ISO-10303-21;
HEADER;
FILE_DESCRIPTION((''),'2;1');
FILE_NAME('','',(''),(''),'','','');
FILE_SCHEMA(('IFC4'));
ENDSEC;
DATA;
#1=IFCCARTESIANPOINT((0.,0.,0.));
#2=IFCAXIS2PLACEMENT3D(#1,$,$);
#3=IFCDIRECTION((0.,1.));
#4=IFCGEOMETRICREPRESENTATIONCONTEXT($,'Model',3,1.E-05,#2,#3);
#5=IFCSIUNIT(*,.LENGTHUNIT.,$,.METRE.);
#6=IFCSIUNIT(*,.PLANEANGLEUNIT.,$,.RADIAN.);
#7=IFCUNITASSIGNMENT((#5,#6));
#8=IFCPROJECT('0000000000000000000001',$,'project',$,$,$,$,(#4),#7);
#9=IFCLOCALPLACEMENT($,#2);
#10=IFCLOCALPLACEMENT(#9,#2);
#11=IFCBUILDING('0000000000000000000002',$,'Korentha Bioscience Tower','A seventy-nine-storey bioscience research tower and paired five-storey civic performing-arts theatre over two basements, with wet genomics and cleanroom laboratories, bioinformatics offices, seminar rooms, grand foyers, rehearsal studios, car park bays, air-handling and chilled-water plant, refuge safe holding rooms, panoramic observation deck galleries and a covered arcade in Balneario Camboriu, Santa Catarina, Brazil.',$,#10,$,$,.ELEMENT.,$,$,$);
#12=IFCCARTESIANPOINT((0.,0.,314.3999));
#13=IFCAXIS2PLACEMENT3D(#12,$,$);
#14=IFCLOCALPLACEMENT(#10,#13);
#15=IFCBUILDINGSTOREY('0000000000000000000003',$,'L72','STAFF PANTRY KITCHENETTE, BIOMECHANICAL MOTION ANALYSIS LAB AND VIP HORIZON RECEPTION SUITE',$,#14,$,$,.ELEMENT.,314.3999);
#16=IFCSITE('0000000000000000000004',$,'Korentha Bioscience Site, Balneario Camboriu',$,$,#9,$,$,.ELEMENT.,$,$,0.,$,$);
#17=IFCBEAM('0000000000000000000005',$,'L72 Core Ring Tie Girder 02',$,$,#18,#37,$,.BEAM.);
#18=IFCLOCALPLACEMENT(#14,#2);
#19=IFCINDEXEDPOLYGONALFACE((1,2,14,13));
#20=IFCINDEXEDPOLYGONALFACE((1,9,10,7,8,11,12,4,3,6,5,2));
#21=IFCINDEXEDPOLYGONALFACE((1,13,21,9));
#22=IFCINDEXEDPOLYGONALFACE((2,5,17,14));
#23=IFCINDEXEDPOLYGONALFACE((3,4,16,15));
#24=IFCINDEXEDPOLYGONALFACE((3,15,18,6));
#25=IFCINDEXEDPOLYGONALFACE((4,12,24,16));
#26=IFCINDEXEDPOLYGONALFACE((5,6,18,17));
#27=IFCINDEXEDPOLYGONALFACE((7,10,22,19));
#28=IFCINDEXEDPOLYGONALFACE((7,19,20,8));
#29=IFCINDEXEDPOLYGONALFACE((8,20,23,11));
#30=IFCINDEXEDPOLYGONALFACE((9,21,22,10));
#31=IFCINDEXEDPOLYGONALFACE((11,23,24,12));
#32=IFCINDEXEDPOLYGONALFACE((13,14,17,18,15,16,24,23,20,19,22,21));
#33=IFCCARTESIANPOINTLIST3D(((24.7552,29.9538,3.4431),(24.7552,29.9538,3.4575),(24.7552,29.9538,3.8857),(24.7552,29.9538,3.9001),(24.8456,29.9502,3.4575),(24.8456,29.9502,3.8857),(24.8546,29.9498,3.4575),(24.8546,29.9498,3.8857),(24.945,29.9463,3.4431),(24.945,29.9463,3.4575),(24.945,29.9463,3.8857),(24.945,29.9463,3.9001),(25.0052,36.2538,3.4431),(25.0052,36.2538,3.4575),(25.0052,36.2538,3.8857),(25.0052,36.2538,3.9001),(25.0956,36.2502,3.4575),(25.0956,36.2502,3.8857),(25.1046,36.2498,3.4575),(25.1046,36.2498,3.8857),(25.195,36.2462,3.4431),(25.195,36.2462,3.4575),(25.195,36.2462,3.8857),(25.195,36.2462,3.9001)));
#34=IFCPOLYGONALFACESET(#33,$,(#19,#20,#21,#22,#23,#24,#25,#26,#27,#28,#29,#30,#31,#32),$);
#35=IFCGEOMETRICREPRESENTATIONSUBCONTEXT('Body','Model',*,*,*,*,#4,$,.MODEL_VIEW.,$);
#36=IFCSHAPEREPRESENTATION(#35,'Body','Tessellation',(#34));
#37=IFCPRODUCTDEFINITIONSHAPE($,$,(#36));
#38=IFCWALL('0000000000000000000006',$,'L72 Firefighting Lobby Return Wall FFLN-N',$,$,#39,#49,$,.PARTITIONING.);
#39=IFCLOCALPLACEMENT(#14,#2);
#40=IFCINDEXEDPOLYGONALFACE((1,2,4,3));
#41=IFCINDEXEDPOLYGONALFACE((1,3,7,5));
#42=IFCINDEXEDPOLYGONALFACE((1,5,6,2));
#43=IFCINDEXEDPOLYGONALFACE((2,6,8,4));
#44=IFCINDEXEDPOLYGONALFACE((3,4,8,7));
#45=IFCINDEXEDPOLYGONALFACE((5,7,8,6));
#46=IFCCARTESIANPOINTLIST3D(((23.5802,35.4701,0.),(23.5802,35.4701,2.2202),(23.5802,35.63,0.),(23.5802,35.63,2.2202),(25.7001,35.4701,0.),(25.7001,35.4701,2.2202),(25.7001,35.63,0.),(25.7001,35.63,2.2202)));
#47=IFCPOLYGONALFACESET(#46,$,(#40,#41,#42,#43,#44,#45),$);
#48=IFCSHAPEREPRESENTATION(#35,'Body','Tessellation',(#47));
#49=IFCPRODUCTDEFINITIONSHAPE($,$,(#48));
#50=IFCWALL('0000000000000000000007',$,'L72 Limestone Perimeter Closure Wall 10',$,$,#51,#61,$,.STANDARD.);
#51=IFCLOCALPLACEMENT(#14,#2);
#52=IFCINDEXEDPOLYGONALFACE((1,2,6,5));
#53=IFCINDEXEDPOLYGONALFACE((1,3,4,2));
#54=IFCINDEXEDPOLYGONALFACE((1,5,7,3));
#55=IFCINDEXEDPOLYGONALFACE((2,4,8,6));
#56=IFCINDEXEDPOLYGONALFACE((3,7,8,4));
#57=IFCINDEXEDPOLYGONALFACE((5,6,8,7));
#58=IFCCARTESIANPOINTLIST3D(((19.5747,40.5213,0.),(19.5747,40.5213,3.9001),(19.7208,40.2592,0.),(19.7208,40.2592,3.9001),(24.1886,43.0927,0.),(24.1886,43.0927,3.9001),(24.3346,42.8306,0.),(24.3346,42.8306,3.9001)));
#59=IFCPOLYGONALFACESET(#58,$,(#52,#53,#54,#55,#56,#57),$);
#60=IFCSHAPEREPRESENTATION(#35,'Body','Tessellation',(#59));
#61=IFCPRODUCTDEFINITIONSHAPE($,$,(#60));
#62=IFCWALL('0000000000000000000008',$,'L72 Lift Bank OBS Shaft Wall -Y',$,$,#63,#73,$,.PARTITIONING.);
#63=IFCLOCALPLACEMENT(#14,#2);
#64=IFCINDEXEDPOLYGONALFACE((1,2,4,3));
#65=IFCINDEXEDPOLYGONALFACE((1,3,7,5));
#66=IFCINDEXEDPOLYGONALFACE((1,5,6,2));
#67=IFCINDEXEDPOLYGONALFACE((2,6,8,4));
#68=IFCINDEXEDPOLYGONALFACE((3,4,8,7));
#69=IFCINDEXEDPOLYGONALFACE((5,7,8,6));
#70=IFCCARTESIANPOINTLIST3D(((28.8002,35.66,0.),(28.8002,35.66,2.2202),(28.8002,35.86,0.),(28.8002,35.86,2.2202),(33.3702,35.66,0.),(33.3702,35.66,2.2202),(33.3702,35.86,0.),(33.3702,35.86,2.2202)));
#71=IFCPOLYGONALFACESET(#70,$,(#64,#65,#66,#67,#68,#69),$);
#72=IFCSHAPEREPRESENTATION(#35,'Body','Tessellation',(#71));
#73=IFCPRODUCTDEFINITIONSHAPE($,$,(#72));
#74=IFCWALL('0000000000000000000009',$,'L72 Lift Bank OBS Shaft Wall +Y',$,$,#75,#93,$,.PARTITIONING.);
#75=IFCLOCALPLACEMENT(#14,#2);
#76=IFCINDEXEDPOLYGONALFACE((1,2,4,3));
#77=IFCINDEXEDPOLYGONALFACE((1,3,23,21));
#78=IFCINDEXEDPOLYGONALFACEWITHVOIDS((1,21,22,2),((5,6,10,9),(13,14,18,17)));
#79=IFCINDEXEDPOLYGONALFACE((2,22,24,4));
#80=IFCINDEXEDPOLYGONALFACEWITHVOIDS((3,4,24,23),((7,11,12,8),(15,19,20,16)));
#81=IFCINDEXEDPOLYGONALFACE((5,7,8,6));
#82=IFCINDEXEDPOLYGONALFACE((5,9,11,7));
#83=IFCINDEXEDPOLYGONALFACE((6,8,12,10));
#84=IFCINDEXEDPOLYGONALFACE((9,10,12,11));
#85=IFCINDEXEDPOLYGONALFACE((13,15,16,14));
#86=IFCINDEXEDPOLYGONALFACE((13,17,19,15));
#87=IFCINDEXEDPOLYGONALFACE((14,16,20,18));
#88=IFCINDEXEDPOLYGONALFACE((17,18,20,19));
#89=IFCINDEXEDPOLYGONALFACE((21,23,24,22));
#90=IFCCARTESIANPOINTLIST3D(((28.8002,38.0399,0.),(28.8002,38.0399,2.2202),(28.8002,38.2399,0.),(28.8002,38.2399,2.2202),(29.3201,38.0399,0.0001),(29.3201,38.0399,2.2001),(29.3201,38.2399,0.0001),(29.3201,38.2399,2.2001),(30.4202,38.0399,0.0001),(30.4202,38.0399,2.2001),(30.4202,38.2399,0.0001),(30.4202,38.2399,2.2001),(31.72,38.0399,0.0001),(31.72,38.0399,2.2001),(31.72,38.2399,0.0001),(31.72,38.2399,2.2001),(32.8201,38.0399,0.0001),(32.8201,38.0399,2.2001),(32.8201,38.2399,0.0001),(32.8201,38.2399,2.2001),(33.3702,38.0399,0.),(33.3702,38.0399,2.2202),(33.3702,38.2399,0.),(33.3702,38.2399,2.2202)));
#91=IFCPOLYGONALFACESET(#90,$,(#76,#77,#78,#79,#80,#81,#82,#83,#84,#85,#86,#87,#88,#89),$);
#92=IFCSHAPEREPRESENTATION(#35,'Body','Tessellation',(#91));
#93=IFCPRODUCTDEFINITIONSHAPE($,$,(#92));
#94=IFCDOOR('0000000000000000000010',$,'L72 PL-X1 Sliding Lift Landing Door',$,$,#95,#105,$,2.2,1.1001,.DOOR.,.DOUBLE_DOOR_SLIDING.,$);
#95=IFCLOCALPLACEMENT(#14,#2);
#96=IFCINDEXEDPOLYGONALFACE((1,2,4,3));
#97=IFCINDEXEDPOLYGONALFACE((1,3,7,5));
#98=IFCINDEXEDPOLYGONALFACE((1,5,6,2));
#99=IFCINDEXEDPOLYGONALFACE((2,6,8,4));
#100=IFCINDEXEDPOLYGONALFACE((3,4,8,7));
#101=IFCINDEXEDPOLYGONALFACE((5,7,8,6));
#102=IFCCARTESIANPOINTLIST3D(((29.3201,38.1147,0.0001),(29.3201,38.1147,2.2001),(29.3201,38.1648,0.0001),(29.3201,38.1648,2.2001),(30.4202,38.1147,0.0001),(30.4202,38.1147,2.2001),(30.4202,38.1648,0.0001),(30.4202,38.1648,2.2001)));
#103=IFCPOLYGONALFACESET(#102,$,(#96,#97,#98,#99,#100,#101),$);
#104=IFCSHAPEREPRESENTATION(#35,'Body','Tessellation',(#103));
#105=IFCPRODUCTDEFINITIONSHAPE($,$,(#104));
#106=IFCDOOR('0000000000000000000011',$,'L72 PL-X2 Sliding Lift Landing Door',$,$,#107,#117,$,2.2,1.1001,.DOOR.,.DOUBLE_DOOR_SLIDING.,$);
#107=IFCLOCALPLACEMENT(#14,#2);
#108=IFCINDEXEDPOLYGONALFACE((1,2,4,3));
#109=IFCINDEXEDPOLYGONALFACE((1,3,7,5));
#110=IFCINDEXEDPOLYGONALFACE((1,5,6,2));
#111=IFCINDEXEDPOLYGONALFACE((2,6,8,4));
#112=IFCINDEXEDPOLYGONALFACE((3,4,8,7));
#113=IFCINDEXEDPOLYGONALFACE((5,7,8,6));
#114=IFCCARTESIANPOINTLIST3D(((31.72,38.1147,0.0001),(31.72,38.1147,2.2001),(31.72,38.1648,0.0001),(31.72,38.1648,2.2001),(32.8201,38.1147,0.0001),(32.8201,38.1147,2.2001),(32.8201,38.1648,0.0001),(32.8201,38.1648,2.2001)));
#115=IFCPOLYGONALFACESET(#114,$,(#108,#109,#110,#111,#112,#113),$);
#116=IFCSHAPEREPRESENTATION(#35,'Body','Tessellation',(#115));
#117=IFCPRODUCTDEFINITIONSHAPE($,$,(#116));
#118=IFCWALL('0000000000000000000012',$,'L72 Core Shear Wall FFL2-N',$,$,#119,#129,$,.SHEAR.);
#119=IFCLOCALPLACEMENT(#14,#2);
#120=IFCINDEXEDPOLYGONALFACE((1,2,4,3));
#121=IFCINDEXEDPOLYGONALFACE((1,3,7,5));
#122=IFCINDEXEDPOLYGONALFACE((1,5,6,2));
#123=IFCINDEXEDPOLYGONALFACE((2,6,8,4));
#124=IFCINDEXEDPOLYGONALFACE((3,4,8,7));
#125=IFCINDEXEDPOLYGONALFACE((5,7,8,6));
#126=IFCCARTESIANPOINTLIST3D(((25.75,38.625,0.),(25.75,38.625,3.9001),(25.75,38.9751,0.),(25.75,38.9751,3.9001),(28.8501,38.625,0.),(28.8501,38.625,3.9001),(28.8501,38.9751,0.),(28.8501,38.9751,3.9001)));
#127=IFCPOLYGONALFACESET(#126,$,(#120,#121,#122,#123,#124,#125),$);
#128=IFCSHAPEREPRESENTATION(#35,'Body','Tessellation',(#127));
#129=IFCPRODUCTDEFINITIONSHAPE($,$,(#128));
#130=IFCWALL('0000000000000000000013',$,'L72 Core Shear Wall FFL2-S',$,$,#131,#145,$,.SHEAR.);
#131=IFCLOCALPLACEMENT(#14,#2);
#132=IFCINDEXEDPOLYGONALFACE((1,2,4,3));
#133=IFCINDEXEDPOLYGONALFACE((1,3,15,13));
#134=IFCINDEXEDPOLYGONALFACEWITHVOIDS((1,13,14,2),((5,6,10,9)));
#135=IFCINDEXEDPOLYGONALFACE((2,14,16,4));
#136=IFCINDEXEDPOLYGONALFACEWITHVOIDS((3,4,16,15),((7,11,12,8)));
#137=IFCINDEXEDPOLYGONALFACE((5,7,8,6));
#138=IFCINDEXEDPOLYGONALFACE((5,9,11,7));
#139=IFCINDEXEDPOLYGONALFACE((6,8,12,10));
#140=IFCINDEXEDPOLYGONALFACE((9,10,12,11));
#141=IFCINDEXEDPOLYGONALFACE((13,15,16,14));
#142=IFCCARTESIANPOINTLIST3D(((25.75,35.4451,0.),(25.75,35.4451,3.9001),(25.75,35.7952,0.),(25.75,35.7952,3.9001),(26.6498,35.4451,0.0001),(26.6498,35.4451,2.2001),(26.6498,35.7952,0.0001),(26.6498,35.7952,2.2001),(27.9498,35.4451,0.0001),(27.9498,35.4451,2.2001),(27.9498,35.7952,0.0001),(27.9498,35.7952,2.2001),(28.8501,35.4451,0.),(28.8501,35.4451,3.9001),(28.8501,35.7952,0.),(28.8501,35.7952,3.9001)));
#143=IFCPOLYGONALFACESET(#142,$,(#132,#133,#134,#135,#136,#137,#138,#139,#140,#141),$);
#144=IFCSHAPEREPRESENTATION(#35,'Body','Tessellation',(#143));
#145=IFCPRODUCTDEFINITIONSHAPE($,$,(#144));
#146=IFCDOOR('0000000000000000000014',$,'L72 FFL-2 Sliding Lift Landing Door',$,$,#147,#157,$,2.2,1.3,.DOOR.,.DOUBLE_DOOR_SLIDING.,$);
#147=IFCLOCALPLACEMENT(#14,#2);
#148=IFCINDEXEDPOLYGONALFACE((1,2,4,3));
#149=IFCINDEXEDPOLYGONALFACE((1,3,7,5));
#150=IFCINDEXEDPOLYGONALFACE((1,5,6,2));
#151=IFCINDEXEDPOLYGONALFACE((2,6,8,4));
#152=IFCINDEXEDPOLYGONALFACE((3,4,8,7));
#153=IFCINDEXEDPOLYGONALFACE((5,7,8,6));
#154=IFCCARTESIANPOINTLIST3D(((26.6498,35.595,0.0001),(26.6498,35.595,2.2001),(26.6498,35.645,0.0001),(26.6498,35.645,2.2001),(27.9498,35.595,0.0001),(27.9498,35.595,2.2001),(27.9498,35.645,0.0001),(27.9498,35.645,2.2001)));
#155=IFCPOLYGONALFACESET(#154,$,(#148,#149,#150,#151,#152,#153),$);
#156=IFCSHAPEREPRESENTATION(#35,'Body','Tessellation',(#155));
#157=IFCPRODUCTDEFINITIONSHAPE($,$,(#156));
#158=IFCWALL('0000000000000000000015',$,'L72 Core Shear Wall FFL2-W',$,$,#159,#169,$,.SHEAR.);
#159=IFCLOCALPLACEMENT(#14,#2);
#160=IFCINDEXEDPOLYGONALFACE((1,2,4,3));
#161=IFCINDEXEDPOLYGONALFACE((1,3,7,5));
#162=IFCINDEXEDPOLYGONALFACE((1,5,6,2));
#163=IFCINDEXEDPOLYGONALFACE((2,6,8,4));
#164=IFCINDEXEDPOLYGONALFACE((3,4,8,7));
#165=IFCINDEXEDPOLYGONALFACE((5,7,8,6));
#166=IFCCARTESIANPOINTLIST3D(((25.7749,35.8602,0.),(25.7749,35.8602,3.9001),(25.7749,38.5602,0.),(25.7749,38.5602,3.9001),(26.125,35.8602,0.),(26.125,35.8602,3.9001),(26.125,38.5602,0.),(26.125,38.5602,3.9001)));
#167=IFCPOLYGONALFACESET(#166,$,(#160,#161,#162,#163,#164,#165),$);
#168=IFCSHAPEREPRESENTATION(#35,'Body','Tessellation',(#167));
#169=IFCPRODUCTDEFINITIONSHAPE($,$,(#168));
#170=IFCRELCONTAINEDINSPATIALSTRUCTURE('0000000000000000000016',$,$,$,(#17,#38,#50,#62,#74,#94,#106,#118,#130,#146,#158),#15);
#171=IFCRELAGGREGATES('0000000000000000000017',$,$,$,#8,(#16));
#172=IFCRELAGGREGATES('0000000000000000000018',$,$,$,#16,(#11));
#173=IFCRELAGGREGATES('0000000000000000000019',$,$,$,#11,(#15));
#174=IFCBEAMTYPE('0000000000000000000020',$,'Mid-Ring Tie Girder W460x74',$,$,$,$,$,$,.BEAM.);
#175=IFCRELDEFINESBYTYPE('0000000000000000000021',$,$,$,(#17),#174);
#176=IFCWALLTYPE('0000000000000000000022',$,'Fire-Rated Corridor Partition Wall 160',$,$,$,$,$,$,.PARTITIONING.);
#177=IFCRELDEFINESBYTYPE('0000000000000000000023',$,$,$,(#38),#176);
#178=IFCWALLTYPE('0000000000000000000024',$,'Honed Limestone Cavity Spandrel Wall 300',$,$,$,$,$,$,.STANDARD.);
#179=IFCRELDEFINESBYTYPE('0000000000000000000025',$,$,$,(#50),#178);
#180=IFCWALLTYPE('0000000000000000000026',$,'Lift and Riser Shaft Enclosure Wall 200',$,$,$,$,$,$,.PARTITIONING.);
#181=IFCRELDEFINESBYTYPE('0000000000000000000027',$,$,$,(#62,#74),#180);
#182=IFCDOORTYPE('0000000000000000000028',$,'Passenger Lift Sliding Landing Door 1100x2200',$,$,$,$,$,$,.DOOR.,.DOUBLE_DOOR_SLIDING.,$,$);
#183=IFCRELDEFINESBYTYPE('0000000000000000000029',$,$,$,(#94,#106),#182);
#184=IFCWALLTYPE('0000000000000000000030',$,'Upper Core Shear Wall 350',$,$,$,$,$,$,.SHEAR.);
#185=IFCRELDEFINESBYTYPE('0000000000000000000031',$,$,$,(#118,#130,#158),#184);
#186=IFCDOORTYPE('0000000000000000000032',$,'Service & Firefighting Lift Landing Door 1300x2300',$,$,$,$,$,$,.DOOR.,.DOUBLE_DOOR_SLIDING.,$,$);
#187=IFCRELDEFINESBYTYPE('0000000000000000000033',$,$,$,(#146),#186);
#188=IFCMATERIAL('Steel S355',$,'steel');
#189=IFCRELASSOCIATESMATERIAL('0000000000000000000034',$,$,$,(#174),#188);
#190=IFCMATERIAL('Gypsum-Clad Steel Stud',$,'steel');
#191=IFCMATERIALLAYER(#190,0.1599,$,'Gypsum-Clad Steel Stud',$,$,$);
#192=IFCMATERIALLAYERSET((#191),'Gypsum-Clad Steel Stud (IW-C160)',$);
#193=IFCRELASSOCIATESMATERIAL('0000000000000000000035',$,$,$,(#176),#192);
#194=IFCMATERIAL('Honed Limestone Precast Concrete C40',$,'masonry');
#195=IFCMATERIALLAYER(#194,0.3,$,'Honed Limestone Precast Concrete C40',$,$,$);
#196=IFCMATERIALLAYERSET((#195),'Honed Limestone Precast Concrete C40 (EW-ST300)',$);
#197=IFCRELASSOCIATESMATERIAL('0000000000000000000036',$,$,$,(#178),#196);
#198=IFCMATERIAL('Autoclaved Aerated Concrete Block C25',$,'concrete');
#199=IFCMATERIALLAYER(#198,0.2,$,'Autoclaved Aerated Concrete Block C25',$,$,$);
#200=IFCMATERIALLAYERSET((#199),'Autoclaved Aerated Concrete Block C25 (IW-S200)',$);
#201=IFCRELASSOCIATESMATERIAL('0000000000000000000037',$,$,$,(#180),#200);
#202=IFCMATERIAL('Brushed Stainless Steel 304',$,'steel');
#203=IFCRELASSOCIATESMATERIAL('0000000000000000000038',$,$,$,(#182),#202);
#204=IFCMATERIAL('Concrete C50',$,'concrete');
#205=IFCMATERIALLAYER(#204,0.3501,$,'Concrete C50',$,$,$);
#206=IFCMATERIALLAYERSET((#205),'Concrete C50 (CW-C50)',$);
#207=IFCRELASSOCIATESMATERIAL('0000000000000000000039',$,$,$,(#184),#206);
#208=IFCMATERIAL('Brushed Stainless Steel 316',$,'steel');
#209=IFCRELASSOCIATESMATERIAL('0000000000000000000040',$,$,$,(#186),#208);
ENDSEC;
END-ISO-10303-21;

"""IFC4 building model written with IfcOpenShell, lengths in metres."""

from ifc_helpers import new_model, si_unit, direction, frame, frame_2d, origin, origin_2d, place, context, subcontext, project, spatial, rectangle, i_section, extrude, material, layer, layer_set, material_profile, profile_set, type_object, element, fill, save


model = new_model("IFC4")

# Units and contexts
model_context = context("Model", 3, precision=1e-05, world=origin(), true_north=direction((0.0, 1.0)))
body_context = subcontext(model_context, "Body", "Model", "MODEL_VIEW")
ifc_project = project(units=[si_unit("LENGTHUNIT", "METRE"), si_unit("PLANEANGLEUNIT", "RADIAN")], contexts=[model_context])

# Site, building, storey
site_placement = place(None, origin())
site = spatial("IfcSite", under=ifc_project, at=site_placement, Name="Korentha Bioscience Site, Balneario Camboriu", CompositionType="ELEMENT", RefElevation=0.0)
building_placement = place(site_placement, origin())
building = spatial("IfcBuilding", under=site, at=building_placement, Name="Korentha Bioscience Tower", Description="A seventy-nine-storey bioscience research tower and paired five-storey civic performing-arts theatre over two basements, with wet genomics and cleanroom laboratories, bioinformatics offices, seminar rooms, grand foyers, rehearsal studios, car park bays, air-handling and chilled-water plant, refuge safe holding rooms, panoramic observation deck galleries and a covered arcade in Balneario Camboriu, Santa Catarina, Brazil.", CompositionType="ELEMENT")
storey_placement = place(building_placement, frame((0.0, 0.0, 314.3999)))
storey = spatial("IfcBuildingStorey", under=building, at=storey_placement, Name="L72", Description="STAFF PANTRY KITCHENETTE, BIOMECHANICAL MOTION ANALYSIS LAB AND VIP HORIZON RECEPTION SUITE", CompositionType="ELEMENT", Elevation=314.3999)

# Shared definitions
ifc_material_1 = material(Name="Concrete C50", Category="concrete")

# Beam
ifc_material_2 = material(Name="Steel S355", Category="steel")
ifc_material_profile_1 = material_profile(ifc_material_2, i_section(OverallWidth=0.1899, OverallDepth=0.457, WebThickness=0.009, FlangeThickness=0.0144, at=origin_2d()), Name="Steel S355")
ifc_profile_set_1 = profile_set([ifc_material_profile_1], Name="Steel S355 (MB-460)")
beam_type_1 = type_object("IfcBeamType", Name="Mid-Ring Tie Girder W460x74", PredefinedType="BEAM", material=ifc_profile_set_1)
beam_1_placement = place(storey_placement, frame((25.1001, 36.25, 3.6716), z_axis=(-0.039651, -0.999214, 0.0), x_axis=(0.999214, -0.039651, 0.0)))
element("IfcBeam", 1, at=beam_1_placement, inside=storey, type_object=beam_type_1, Name="L72 Core Ring Tie Girder 02", PredefinedType="BEAM", context=body_context, shape_type="SweptSolid", body=[
    extrude(i_section(OverallWidth=0.1899, OverallDepth=0.457, WebThickness=0.009, FlangeThickness=0.0144, at=origin_2d()), origin(), (0.0, 0.0, 1.0), 6.3049),
])

# Walls
ifc_material_3 = material(Name="Gypsum-Clad Steel Stud", Category="steel")
ifc_layer_1 = layer(ifc_material_3, 0.1599, Name="Gypsum-Clad Steel Stud")
ifc_layer_set_1 = layer_set([ifc_layer_1], Name="Gypsum-Clad Steel Stud (IW-C160)")
wall_type_1 = type_object("IfcWallType", Name="Fire-Rated Corridor Partition Wall 160", PredefinedType="PARTITIONING", material=ifc_layer_set_1)
wall_1_placement = place(storey_placement, frame((23.5801, 35.55, 0.0), z_axis=(0.0, 0.0, 1.0), x_axis=(1.0, 0.0, 0.0)))
element("IfcWall", 2, at=wall_1_placement, inside=storey, type_object=wall_type_1, Name="L72 Firefighting Lobby Return Wall FFLN-N", PredefinedType="PARTITIONING", context=body_context, shape_type="SweptSolid", body=[
    extrude(rectangle(XDim=2.1199, YDim=0.1599, at=frame_2d((1.0601, 0.0))), origin(), (0.0, 0.0, 1.0), 2.2202),
])
ifc_material_4 = material(Name="Honed Limestone Precast Concrete C40", Category="masonry")
ifc_layer_2 = layer(ifc_material_4, 0.3, Name="Honed Limestone Precast Concrete C40")
ifc_layer_set_2 = layer_set([ifc_layer_2], Name="Honed Limestone Precast Concrete C40 (EW-ST300)")
wall_type_2 = type_object("IfcWallType", Name="Honed Limestone Cavity Spandrel Wall 300", PredefinedType="STANDARD", material=ifc_layer_set_2)
wall_2_placement = place(storey_placement, frame((24.2617, 42.9617, 0.0), z_axis=(0.0, 0.0, 1.0), x_axis=(-0.873507, -0.486812, 0.0)))
element("IfcWall", 3, at=wall_2_placement, inside=storey, type_object=wall_type_2, Name="L72 Limestone Perimeter Closure Wall 10", PredefinedType="STANDARD", context=body_context, shape_type="SweptSolid", body=[
    extrude(rectangle(XDim=5.282, YDim=0.3, at=frame_2d((2.6411, 0.0))), origin(), (0.0, 0.0, 1.0), 3.9001),
])
ifc_material_5 = material(Name="Autoclaved Aerated Concrete Block C25", Category="concrete")
ifc_layer_3 = layer(ifc_material_5, 0.2, Name="Autoclaved Aerated Concrete Block C25")
ifc_layer_set_3 = layer_set([ifc_layer_3], Name="Autoclaved Aerated Concrete Block C25 (IW-S200)")
wall_type_3 = type_object("IfcWallType", Name="Lift and Riser Shaft Enclosure Wall 200", PredefinedType="PARTITIONING", material=ifc_layer_set_3)
wall_3_placement = place(storey_placement, frame((28.8, 35.76, 0.0), z_axis=(0.0, 0.0, 1.0), x_axis=(1.0, 0.0, 0.0)))
element("IfcWall", 4, at=wall_3_placement, inside=storey, type_object=wall_type_3, Name="L72 Lift Bank OBS Shaft Wall -Y", PredefinedType="PARTITIONING", context=body_context, shape_type="SweptSolid", body=[
    extrude(rectangle(XDim=4.5701, YDim=0.2, at=frame_2d((2.2852, 0.0))), origin(), (0.0, 0.0, 1.0), 2.2202),
])

# Wall, openings, doors
wall_4_placement = place(storey_placement, frame((28.8, 38.1399, 0.0), z_axis=(0.0, 0.0, 1.0), x_axis=(1.0, 0.0, 0.0)))
wall_4 = element("IfcWall", 5, at=wall_4_placement, inside=storey, type_object=wall_type_3, Name="L72 Lift Bank OBS Shaft Wall +Y", PredefinedType="PARTITIONING", context=body_context, shape_type="SweptSolid", body=[
    extrude(rectangle(XDim=4.5701, YDim=0.2, at=frame_2d((2.2852, 0.0))), origin(), (0.0, 0.0, 1.0), 2.2202),
])
opening_1_placement = place(wall_4_placement, frame((0.52, 0.0, 0.0)))
opening_1 = element("IfcOpeningElement", 6, at=opening_1_placement, cuts=wall_4, PredefinedType="OPENING", context=body_context, shape_type="SweptSolid", body=[
    extrude(rectangle(XDim=1.1001, YDim=2.2, at=frame_2d((0.55, 1.1001))), frame((0.0, 0.1147, 0.0), z_axis=(0.0, -1.0, 0.0), x_axis=(1.0, 0.0, 0.0)), (0.0, 0.0, 1.0), 0.2297),
])
opening_2_placement = place(wall_4_placement, frame((2.9199, 0.0, 0.0)))
opening_2 = element("IfcOpeningElement", 7, at=opening_2_placement, cuts=wall_4, PredefinedType="OPENING", context=body_context, shape_type="SweptSolid", body=[
    extrude(rectangle(XDim=1.1001, YDim=2.2, at=frame_2d((0.55, 1.1001))), frame((0.0, 0.1147, 0.0), z_axis=(0.0, -1.0, 0.0), x_axis=(1.0, 0.0, 0.0)), (0.0, 0.0, 1.0), 0.2297),
])
ifc_material_6 = material(Name="Brushed Stainless Steel 304", Category="steel")
door_type_1 = type_object("IfcDoorType", Name="Passenger Lift Sliding Landing Door 1100x2200", OperationType="DOUBLE_DOOR_SLIDING", PredefinedType="DOOR", material=ifc_material_6)
door_1_placement = place(opening_1_placement, origin())
door_1 = element("IfcDoor", 8, at=door_1_placement, inside=storey, type_object=door_type_1, Name="L72 PL-X1 Sliding Lift Landing Door", OperationType="DOUBLE_DOOR_SLIDING", OverallHeight=2.2, OverallWidth=1.1001, PredefinedType="DOOR", context=body_context, shape_type="SweptSolid", body=[
    extrude(rectangle(XDim=1.1001, YDim=2.2, at=frame_2d((0.55, 1.1001))), frame((0.0, 0.0249, 0.0), z_axis=(0.0, -1.0, 0.0), x_axis=(1.0, 0.0, 0.0)), (0.0, 0.0, 1.0), 0.05),
])
fill(opening_1, door_1)
door_2_placement = place(opening_2_placement, origin())
door_2 = element("IfcDoor", 9, at=door_2_placement, inside=storey, type_object=door_type_1, Name="L72 PL-X2 Sliding Lift Landing Door", OperationType="DOUBLE_DOOR_SLIDING", OverallHeight=2.2, OverallWidth=1.1001, PredefinedType="DOOR", context=body_context, shape_type="SweptSolid", body=[
    extrude(rectangle(XDim=1.1001, YDim=2.2, at=frame_2d((0.55, 1.1001))), frame((0.0, 0.0249, 0.0), z_axis=(0.0, -1.0, 0.0), x_axis=(1.0, 0.0, 0.0)), (0.0, 0.0, 1.0), 0.05),
])
fill(opening_2, door_2)

# Wall
ifc_layer_4 = layer(ifc_material_1, 0.3501, Name="Concrete C50")
ifc_layer_set_4 = layer_set([ifc_layer_4], Name="Concrete C50 (CW-C50)")
wall_type_4 = type_object("IfcWallType", Name="Upper Core Shear Wall 350", PredefinedType="SHEAR", material=ifc_layer_set_4)
wall_5_placement = place(storey_placement, frame((25.75, 38.8, 0.0), z_axis=(0.0, 0.0, 1.0), x_axis=(1.0, 0.0, 0.0)))
element("IfcWall", 10, at=wall_5_placement, inside=storey, type_object=wall_type_4, Name="L72 Core Shear Wall FFL2-N", PredefinedType="SHEAR", context=body_context, shape_type="SweptSolid", body=[
    extrude(rectangle(XDim=3.1001, YDim=0.3501, at=frame_2d((1.55, 0.0))), origin(), (0.0, 0.0, 1.0), 3.9001),
])

# Wall, opening, door
wall_6_placement = place(storey_placement, frame((25.75, 35.6201, 0.0), z_axis=(0.0, 0.0, 1.0), x_axis=(1.0, 0.0, 0.0)))
wall_6 = element("IfcWall", 11, at=wall_6_placement, inside=storey, type_object=wall_type_4, Name="L72 Core Shear Wall FFL2-S", PredefinedType="SHEAR", context=body_context, shape_type="SweptSolid", body=[
    extrude(rectangle(XDim=3.1001, YDim=0.3501, at=frame_2d((1.55, 0.0))), origin(), (0.0, 0.0, 1.0), 3.9001),
])
opening_3_placement = place(wall_6_placement, frame((0.8999, 0.0, 0.0)))
opening_3 = element("IfcOpeningElement", 12, at=opening_3_placement, cuts=wall_6, PredefinedType="OPENING", context=body_context, shape_type="SweptSolid", body=[
    extrude(rectangle(XDim=1.3, YDim=2.2, at=frame_2d((0.6499, 1.1001))), frame((0.0, 0.1899, 0.0), z_axis=(0.0, -1.0, 0.0), x_axis=(1.0, 0.0, 0.0)), (0.0, 0.0, 1.0), 0.3799),
])
ifc_material_7 = material(Name="Brushed Stainless Steel 316", Category="steel")
door_type_2 = type_object("IfcDoorType", Name="Service & Firefighting Lift Landing Door 1300x2300", OperationType="DOUBLE_DOOR_SLIDING", PredefinedType="DOOR", material=ifc_material_7)
door_3_placement = place(opening_3_placement, origin())
door_3 = element("IfcDoor", 13, at=door_3_placement, inside=storey, type_object=door_type_2, Name="L72 FFL-2 Sliding Lift Landing Door", OperationType="DOUBLE_DOOR_SLIDING", OverallHeight=2.2, OverallWidth=1.3, PredefinedType="DOOR", context=body_context, shape_type="SweptSolid", body=[
    extrude(rectangle(XDim=1.3, YDim=2.2, at=frame_2d((0.6499, 1.1001))), frame((0.0, 0.0249, 0.0), z_axis=(0.0, -1.0, 0.0), x_axis=(1.0, 0.0, 0.0)), (0.0, 0.0, 1.0), 0.05),
])
fill(opening_3, door_3)

# Wall
for number, where, z_axis, x_axis, name in (
    (14, (25.95, 35.8601, 0.0), (0.0, 0.0, 1.0), (0.0, 1.0, 0.0), "L72 Core Shear Wall FFL2-W"),
):
    element("IfcWall", number, at=place(storey_placement, frame(where, z_axis=z_axis, x_axis=x_axis)), inside=storey, type_object=wall_type_4, Name=name, PredefinedType="SHEAR", context=body_context, shape_type="SweptSolid", body=[
        extrude(rectangle(XDim=2.7, YDim=0.3501, at=frame_2d((1.3501, 0.0))), origin(), (0.0, 0.0, 1.0), 3.9001),
    ])

save(model, "model.ifc")
